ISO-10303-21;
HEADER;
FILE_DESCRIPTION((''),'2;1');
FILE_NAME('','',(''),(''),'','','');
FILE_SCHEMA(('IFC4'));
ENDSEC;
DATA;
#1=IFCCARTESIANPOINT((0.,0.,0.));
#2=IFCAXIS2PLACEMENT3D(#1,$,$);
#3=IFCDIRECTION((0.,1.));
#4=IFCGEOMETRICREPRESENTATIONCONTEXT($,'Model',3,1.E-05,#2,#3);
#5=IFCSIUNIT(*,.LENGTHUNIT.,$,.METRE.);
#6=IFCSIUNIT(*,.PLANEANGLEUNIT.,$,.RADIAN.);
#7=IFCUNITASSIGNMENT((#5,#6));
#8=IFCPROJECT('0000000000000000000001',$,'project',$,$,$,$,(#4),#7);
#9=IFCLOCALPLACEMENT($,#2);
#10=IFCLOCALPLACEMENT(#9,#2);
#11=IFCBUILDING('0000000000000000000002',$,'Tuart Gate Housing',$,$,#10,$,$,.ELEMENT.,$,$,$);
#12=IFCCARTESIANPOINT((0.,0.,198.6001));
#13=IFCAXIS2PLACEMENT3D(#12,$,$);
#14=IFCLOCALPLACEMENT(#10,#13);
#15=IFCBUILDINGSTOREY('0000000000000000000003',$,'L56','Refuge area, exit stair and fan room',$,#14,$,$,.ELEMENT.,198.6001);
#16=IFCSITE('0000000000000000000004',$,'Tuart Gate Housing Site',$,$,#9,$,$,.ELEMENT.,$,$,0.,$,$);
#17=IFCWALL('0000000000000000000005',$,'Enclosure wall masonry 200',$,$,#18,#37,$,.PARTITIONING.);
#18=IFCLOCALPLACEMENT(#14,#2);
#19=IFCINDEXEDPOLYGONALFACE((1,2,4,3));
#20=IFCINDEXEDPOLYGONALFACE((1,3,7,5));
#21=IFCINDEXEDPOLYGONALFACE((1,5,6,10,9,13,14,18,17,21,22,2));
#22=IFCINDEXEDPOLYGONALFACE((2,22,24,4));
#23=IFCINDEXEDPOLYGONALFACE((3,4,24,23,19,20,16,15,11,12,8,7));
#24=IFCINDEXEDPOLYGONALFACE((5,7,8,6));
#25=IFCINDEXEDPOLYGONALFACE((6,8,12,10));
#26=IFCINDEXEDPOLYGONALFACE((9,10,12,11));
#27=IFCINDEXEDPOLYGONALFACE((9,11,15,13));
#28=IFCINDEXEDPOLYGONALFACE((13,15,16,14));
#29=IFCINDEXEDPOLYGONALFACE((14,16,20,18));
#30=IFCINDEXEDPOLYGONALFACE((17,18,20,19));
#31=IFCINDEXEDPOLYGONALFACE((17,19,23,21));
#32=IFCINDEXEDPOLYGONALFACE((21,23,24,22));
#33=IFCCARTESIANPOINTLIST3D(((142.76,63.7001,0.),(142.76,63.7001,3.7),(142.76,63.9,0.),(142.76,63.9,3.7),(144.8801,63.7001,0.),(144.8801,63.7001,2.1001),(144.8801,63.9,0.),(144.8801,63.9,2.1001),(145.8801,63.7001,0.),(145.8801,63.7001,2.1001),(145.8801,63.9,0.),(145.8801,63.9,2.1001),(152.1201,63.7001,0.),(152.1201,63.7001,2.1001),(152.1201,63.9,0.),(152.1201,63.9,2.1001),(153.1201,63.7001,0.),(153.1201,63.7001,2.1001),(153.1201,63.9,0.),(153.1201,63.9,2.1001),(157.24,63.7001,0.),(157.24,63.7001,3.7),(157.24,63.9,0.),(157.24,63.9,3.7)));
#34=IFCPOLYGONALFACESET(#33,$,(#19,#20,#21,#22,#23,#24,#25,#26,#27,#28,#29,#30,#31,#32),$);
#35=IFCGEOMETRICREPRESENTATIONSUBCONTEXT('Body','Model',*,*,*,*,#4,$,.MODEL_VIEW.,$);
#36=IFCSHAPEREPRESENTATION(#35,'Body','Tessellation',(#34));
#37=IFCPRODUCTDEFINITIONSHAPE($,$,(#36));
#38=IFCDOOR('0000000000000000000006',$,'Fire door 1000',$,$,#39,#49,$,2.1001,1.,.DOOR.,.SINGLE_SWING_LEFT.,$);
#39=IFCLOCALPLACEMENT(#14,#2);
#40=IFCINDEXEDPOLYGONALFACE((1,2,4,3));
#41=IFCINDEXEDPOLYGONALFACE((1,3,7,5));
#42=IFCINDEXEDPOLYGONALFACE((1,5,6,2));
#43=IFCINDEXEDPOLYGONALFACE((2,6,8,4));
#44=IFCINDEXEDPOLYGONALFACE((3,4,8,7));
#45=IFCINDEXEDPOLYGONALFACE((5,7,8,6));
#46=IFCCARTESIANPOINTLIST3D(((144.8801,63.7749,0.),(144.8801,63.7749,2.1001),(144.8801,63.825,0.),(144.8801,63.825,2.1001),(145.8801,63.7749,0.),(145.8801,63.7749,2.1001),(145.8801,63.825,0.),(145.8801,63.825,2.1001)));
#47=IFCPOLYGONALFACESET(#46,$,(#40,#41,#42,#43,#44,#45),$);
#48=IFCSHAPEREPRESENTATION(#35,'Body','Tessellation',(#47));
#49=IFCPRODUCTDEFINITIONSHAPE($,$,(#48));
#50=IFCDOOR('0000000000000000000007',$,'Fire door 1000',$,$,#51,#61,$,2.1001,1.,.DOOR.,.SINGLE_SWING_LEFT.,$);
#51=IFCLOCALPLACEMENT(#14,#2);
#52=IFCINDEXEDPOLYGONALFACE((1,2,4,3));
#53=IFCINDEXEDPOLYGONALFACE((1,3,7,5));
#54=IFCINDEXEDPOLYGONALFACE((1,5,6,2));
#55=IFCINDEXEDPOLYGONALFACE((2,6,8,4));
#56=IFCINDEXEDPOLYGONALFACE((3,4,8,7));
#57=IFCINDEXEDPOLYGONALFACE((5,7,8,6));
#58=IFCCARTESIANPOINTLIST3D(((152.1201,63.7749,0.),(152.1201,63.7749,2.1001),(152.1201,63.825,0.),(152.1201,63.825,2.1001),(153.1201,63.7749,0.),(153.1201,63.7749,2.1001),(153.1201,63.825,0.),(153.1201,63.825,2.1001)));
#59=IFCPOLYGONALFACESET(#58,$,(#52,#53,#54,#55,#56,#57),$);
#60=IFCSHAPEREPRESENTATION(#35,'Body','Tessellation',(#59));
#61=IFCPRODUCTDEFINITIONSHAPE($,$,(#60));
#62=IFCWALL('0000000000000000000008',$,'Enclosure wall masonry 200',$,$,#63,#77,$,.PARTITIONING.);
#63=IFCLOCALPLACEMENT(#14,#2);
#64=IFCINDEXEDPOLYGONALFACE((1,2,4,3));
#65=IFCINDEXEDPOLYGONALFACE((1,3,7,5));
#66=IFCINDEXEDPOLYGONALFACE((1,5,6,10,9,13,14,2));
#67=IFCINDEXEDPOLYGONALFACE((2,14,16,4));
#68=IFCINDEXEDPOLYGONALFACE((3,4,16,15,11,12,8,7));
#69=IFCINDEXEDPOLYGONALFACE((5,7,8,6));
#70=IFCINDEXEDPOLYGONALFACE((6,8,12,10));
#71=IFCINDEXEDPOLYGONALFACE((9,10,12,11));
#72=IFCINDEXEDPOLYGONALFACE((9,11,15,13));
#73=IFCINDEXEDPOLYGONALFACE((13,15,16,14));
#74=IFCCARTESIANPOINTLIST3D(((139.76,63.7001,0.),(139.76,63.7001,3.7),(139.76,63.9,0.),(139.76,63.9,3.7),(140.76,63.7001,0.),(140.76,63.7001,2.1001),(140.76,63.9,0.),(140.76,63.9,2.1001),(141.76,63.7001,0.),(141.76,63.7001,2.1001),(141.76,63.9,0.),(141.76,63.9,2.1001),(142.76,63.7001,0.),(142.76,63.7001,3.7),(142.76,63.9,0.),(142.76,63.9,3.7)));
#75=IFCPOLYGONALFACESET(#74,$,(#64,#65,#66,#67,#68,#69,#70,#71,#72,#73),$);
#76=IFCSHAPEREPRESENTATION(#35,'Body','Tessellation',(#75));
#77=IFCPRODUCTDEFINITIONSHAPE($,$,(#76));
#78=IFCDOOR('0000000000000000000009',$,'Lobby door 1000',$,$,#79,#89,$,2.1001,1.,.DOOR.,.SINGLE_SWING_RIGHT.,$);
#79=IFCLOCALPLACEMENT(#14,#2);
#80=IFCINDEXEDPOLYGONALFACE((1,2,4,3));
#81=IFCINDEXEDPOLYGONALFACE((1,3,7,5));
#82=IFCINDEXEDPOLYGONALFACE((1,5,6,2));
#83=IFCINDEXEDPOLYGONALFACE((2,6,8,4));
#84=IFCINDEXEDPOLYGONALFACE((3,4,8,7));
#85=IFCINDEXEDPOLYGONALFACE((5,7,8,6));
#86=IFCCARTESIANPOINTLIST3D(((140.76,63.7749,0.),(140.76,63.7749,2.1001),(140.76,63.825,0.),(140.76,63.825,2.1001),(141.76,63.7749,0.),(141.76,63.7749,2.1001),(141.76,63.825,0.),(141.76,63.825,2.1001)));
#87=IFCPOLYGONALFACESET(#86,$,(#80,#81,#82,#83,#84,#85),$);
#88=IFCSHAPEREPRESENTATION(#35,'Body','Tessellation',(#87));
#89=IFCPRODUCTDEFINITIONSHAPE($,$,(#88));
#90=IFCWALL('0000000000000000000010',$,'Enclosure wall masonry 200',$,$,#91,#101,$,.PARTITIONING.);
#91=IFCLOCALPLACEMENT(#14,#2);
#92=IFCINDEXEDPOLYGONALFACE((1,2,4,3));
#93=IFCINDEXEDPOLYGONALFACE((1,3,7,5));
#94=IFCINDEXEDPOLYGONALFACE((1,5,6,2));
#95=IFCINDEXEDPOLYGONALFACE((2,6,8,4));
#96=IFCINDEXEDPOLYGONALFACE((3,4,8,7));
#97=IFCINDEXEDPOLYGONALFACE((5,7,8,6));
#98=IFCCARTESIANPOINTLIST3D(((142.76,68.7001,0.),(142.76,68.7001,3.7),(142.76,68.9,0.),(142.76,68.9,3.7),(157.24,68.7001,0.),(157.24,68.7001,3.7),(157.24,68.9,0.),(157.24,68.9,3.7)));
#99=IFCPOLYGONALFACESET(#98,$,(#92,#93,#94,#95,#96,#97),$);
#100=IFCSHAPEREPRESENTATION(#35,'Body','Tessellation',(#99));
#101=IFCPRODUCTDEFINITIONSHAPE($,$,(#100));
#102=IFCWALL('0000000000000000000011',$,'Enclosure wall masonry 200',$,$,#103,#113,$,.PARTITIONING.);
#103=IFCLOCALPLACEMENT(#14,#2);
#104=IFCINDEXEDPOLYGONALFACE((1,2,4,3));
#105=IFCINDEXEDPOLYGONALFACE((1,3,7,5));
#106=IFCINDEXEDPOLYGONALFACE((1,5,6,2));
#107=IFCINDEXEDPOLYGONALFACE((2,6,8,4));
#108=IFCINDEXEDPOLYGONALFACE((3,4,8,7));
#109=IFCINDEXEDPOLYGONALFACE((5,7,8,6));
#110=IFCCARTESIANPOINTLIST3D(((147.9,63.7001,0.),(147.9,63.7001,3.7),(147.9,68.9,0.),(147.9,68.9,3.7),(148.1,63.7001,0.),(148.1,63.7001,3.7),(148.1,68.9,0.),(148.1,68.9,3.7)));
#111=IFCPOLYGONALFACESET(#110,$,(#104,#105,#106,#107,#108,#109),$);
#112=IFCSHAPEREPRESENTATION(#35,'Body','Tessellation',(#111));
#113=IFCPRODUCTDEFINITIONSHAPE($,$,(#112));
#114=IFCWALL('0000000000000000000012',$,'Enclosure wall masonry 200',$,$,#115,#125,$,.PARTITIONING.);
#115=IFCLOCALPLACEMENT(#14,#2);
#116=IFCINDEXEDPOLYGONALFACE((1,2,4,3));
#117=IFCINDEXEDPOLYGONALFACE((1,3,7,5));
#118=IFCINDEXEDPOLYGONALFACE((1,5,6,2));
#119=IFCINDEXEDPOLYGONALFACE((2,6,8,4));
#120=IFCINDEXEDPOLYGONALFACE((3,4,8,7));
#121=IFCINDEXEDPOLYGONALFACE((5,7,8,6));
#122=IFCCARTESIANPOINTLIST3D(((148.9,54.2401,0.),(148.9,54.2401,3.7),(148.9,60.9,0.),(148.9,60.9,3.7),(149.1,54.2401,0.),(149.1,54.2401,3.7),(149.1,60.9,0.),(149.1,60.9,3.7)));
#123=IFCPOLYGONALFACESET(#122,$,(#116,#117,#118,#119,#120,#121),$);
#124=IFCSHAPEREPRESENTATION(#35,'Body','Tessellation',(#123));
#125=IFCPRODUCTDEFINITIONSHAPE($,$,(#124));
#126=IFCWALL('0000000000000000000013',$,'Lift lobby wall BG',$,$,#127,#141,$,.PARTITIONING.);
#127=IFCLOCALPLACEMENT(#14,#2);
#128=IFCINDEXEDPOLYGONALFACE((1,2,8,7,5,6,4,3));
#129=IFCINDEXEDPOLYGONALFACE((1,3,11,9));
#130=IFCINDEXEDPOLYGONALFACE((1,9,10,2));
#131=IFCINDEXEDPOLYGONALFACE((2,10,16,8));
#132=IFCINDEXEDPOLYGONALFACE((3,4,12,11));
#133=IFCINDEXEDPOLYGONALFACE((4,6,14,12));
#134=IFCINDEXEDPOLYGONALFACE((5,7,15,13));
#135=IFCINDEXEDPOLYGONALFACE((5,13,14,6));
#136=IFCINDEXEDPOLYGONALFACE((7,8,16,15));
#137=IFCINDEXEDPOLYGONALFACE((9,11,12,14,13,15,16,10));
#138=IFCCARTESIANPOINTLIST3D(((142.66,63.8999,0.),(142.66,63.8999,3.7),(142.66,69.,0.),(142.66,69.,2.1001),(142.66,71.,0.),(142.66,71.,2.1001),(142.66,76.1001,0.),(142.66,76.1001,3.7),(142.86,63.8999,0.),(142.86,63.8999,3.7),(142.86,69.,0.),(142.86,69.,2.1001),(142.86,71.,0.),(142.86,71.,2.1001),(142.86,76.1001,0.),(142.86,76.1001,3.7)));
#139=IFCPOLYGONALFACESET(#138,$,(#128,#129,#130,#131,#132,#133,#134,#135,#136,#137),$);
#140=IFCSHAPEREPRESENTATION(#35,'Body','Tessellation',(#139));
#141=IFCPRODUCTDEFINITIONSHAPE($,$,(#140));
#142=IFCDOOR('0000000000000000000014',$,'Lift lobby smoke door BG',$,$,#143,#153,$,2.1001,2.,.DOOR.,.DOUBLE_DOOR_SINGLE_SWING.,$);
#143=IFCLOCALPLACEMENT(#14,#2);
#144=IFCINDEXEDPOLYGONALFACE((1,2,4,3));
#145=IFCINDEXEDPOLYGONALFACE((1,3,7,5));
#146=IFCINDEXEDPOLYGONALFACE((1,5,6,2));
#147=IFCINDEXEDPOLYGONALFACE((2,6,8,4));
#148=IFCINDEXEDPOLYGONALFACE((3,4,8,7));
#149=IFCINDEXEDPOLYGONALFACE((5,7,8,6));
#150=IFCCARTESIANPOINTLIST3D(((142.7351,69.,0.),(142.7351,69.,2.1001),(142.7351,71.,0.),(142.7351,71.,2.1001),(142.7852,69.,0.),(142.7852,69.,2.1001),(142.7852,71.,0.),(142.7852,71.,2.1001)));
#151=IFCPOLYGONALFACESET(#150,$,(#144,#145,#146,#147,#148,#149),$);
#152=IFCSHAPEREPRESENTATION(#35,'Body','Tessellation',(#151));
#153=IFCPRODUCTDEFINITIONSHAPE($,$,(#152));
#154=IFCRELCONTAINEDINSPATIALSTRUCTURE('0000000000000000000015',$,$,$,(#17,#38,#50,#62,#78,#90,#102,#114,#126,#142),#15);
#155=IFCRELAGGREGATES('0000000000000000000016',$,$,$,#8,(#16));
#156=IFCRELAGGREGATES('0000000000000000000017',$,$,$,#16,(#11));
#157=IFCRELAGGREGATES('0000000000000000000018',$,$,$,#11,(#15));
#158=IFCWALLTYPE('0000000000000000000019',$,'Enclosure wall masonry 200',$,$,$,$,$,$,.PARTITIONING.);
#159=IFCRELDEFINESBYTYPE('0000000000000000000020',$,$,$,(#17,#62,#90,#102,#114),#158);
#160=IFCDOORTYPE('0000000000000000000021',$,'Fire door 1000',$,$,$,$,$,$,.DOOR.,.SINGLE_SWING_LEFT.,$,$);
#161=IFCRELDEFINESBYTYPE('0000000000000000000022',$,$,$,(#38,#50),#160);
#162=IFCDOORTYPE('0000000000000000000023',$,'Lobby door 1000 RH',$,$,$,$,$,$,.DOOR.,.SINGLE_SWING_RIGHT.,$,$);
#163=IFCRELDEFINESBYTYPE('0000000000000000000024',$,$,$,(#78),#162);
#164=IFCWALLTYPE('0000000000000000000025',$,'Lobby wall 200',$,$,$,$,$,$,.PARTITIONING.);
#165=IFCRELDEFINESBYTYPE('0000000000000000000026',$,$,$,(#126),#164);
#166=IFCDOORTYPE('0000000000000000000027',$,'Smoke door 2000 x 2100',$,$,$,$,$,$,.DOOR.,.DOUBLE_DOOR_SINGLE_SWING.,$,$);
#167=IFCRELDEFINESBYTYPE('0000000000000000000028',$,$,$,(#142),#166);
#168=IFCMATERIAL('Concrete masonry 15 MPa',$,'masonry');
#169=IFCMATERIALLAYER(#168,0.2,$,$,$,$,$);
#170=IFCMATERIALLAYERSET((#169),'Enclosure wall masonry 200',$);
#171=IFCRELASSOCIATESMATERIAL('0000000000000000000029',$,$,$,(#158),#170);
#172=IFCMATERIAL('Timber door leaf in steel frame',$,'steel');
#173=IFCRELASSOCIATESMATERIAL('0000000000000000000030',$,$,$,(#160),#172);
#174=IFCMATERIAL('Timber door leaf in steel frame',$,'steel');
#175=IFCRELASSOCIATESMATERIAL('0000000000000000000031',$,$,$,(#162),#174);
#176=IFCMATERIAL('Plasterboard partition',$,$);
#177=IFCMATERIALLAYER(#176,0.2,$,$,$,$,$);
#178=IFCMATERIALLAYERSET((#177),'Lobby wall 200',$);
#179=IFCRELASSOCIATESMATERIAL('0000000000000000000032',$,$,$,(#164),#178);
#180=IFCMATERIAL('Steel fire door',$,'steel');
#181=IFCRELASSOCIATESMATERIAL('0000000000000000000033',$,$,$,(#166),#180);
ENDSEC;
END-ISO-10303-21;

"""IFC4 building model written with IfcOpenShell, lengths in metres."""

from ifc_helpers import new_model, si_unit, direction, frame, frame_2d, origin, place, context, subcontext, project, spatial, rectangle, extrude, material, layer, layer_set, type_object, element, fill, save


model = new_model("IFC4")

# Units and contexts
model_context = context("Model", 3, precision=1e-05, world=origin(), true_north=direction((0.0, 1.0)))
body_context = subcontext(model_context, "Body", "Model", "MODEL_VIEW")
ifc_project = project(units=[si_unit("LENGTHUNIT", "METRE"), si_unit("PLANEANGLEUNIT", "RADIAN")], contexts=[model_context])

# Site, building, storey
site_placement = place(None, origin())
site = spatial("IfcSite", under=ifc_project, at=site_placement, Name="Tuart Gate Housing Site", CompositionType="ELEMENT", RefElevation=0.0)
building_placement = place(site_placement, origin())
building = spatial("IfcBuilding", under=site, at=building_placement, Name="Tuart Gate Housing", CompositionType="ELEMENT")
storey_placement = place(building_placement, frame((0.0, 0.0, 198.6001)))
storey = spatial("IfcBuildingStorey", under=building, at=storey_placement, Name="L56", Description="Refuge area, exit stair and fan room", CompositionType="ELEMENT", Elevation=198.6001)

# Wall, openings, doors
ifc_material_1 = material(Name="Concrete masonry 15 MPa", Category="masonry")
ifc_layer_1 = layer(ifc_material_1, 0.2)
ifc_layer_set_1 = layer_set([ifc_layer_1], Name="Enclosure wall masonry 200")
wall_type_1 = type_object("IfcWallType", Name="Enclosure wall masonry 200", PredefinedType="PARTITIONING", material=ifc_layer_set_1)
wall_1_placement = place(storey_placement, frame((142.76, 63.8, 0.0), z_axis=(0.0, 0.0, 1.0), x_axis=(1.0, 0.0, 0.0)))
wall_1 = element("IfcWall", 1, at=wall_1_placement, inside=storey, type_object=wall_type_1, Name="Enclosure wall masonry 200", PredefinedType="PARTITIONING", context=body_context, shape_type="SweptSolid", body=[
    extrude(rectangle(XDim=14.48, YDim=0.2, at=frame_2d((7.24, 0.0))), origin(), (0.0, 0.0, 1.0), 3.7),
])
opening_1_placement = place(wall_1_placement, frame((2.1201, 0.0, 0.0)))
opening_1 = element("IfcOpeningElement", 2, at=opening_1_placement, cuts=wall_1, PredefinedType="OPENING", context=body_context, shape_type="SweptSolid", body=[
    extrude(rectangle(XDim=1.0, YDim=2.1001, at=frame_2d((0.5, 1.05))), frame((0.0, 0.1099, 0.0), z_axis=(0.0, -1.0, 0.0), x_axis=(1.0, 0.0, 0.0)), (0.0, 0.0, 1.0), 0.22),
])
opening_2_placement = place(wall_1_placement, frame((9.3601, 0.0, 0.0)))
opening_2 = element("IfcOpeningElement", 3, at=opening_2_placement, cuts=wall_1, PredefinedType="OPENING", context=body_context, shape_type="SweptSolid", body=[
    extrude(rectangle(XDim=1.0, YDim=2.1001, at=frame_2d((0.5, 1.05))), frame((0.0, 0.1099, 0.0), z_axis=(0.0, -1.0, 0.0), x_axis=(1.0, 0.0, 0.0)), (0.0, 0.0, 1.0), 0.22),
])
ifc_material_2 = material(Name="Timber door leaf in steel frame", Category="steel")
door_type_1 = type_object("IfcDoorType", Name="Fire door 1000", OperationType="SINGLE_SWING_LEFT", PredefinedType="DOOR", material=ifc_material_2)
door_1_placement = place(opening_1_placement, origin())
door_1 = element("IfcDoor", 4, at=door_1_placement, inside=storey, type_object=door_type_1, Name="Fire door 1000", OperationType="SINGLE_SWING_LEFT", OverallHeight=2.1001, OverallWidth=1.0, PredefinedType="DOOR", context=body_context, shape_type="SweptSolid", body=[
    extrude(rectangle(XDim=1.0, YDim=2.1001, at=frame_2d((0.5, 1.05))), frame((0.0, 0.0249, 0.0), z_axis=(0.0, -1.0, 0.0), x_axis=(1.0, 0.0, 0.0)), (0.0, 0.0, 1.0), 0.05),
])
fill(opening_1, door_1)
door_2_placement = place(opening_2_placement, origin())
door_2 = element("IfcDoor", 5, at=door_2_placement, inside=storey, type_object=door_type_1, Name="Fire door 1000", OperationType="SINGLE_SWING_LEFT", OverallHeight=2.1001, OverallWidth=1.0, PredefinedType="DOOR", context=body_context, shape_type="SweptSolid", body=[
    extrude(rectangle(XDim=1.0, YDim=2.1001, at=frame_2d((0.5, 1.05))), frame((0.0, 0.0249, 0.0), z_axis=(0.0, -1.0, 0.0), x_axis=(1.0, 0.0, 0.0)), (0.0, 0.0, 1.0), 0.05),
])
fill(opening_2, door_2)

# Wall, opening, door
wall_2_placement = place(storey_placement, frame((139.76, 63.8, 0.0), z_axis=(0.0, 0.0, 1.0), x_axis=(1.0, 0.0, 0.0)))
wall_2 = element("IfcWall", 6, at=wall_2_placement, inside=storey, type_object=wall_type_1, Name="Enclosure wall masonry 200", PredefinedType="PARTITIONING", context=body_context, shape_type="SweptSolid", body=[
    extrude(rectangle(XDim=3.0, YDim=0.2, at=frame_2d((1.5, 0.0))), origin(), (0.0, 0.0, 1.0), 3.7),
])
opening_3_placement = place(wall_2_placement, frame((1.0, 0.0, 0.0)))
opening_3 = element("IfcOpeningElement", 7, at=opening_3_placement, cuts=wall_2, PredefinedType="OPENING", context=body_context, shape_type="SweptSolid", body=[
    extrude(rectangle(XDim=1.0, YDim=2.1001, at=frame_2d((0.5, 1.05))), frame((0.0, 0.1099, 0.0), z_axis=(0.0, -1.0, 0.0), x_axis=(1.0, 0.0, 0.0)), (0.0, 0.0, 1.0), 0.22),
])
ifc_material_3 = material(Name="Timber door leaf in steel frame", Category="steel")
door_type_2 = type_object("IfcDoorType", Name="Lobby door 1000 RH", OperationType="SINGLE_SWING_RIGHT", PredefinedType="DOOR", material=ifc_material_3)
door_3_placement = place(opening_3_placement, origin())
door_3 = element("IfcDoor", 8, at=door_3_placement, inside=storey, type_object=door_type_2, Name="Lobby door 1000", OperationType="SINGLE_SWING_RIGHT", OverallHeight=2.1001, OverallWidth=1.0, PredefinedType="DOOR", context=body_context, shape_type="SweptSolid", body=[
    extrude(rectangle(XDim=1.0, YDim=2.1001, at=frame_2d((0.5, 1.05))), frame((0.0, 0.0249, 0.0), z_axis=(0.0, -1.0, 0.0), x_axis=(1.0, 0.0, 0.0)), (0.0, 0.0, 1.0), 0.05),
])
fill(opening_3, door_3)

# Walls
wall_3_placement = place(storey_placement, frame((142.76, 68.8, 0.0), z_axis=(0.0, 0.0, 1.0), x_axis=(1.0, 0.0, 0.0)))
element("IfcWall", 9, at=wall_3_placement, inside=storey, type_object=wall_type_1, Name="Enclosure wall masonry 200", PredefinedType="PARTITIONING", context=body_context, shape_type="SweptSolid", body=[
    extrude(rectangle(XDim=14.48, YDim=0.2, at=frame_2d((7.24, 0.0))), origin(), (0.0, 0.0, 1.0), 3.7),
])
wall_4_placement = place(storey_placement, frame((148.0, 63.7, 0.0), z_axis=(0.0, 0.0, 1.0), x_axis=(0.0, 1.0, 0.0)))
element("IfcWall", 10, at=wall_4_placement, inside=storey, type_object=wall_type_1, Name="Enclosure wall masonry 200", PredefinedType="PARTITIONING", context=body_context, shape_type="SweptSolid", body=[
    extrude(rectangle(XDim=5.2, YDim=0.2, at=frame_2d((2.6001, 0.0))), origin(), (0.0, 0.0, 1.0), 3.7),
])
wall_5_placement = place(storey_placement, frame((149.0, 54.24, 0.0), z_axis=(0.0, 0.0, 1.0), x_axis=(0.0, 1.0, 0.0)))
element("IfcWall", 11, at=wall_5_placement, inside=storey, type_object=wall_type_1, Name="Enclosure wall masonry 200", PredefinedType="PARTITIONING", context=body_context, shape_type="SweptSolid", body=[
    extrude(rectangle(XDim=6.6599, YDim=0.2, at=frame_2d((3.3301, 0.0))), origin(), (0.0, 0.0, 1.0), 3.7),
])

# Wall, opening, door
ifc_material_4 = material(Name="Plasterboard partition")
ifc_layer_2 = layer(ifc_material_4, 0.2)
ifc_layer_set_2 = layer_set([ifc_layer_2], Name="Lobby wall 200")
wall_type_2 = type_object("IfcWallType", Name="Lobby wall 200", PredefinedType="PARTITIONING", material=ifc_layer_set_2)
wall_6_placement = place(storey_placement, frame((142.76, 63.8999, 0.0), z_axis=(0.0, 0.0, 1.0), x_axis=(0.0, 1.0, 0.0)))
wall_6 = element("IfcWall", 12, at=wall_6_placement, inside=storey, type_object=wall_type_2, Name="Lift lobby wall BG", PredefinedType="PARTITIONING", context=body_context, shape_type="SweptSolid", body=[
    extrude(rectangle(XDim=12.2002, YDim=0.2, at=frame_2d((6.1001, 0.0))), origin(), (0.0, 0.0, 1.0), 3.7),
])
opening_4_placement = place(wall_6_placement, frame((5.1001, 0.0, 0.0)))
opening_4 = element("IfcOpeningElement", 13, at=opening_4_placement, cuts=wall_6, PredefinedType="OPENING", context=body_context, shape_type="SweptSolid", body=[
    extrude(rectangle(XDim=2.0, YDim=2.1001, at=frame_2d((1.0, 1.05))), frame((0.0, 0.1099, 0.0), z_axis=(0.0, -1.0, 0.0), x_axis=(1.0, 0.0, 0.0)), (0.0, 0.0, 1.0), 0.22),
])
ifc_material_5 = material(Name="Steel fire door", Category="steel")
door_type_3 = type_object("IfcDoorType", Name="Smoke door 2000 x 2100", OperationType="DOUBLE_DOOR_SINGLE_SWING", PredefinedType="DOOR", material=ifc_material_5)
door_4_placement = place(opening_4_placement, origin())
door_4 = element("IfcDoor", 14, at=door_4_placement, inside=storey, type_object=door_type_3, Name="Lift lobby smoke door BG", OperationType="DOUBLE_DOOR_SINGLE_SWING", OverallHeight=2.1001, OverallWidth=2.0, PredefinedType="DOOR", context=body_context, shape_type="SweptSolid", body=[
    extrude(rectangle(XDim=2.0, YDim=2.1001, at=frame_2d((1.0, 1.05))), frame((0.0, 0.0249, 0.0), z_axis=(0.0, -1.0, 0.0), x_axis=(1.0, 0.0, 0.0)), (0.0, 0.0, 1.0), 0.05),
])
fill(opening_4, door_4)

save(model, "model.ifc")
